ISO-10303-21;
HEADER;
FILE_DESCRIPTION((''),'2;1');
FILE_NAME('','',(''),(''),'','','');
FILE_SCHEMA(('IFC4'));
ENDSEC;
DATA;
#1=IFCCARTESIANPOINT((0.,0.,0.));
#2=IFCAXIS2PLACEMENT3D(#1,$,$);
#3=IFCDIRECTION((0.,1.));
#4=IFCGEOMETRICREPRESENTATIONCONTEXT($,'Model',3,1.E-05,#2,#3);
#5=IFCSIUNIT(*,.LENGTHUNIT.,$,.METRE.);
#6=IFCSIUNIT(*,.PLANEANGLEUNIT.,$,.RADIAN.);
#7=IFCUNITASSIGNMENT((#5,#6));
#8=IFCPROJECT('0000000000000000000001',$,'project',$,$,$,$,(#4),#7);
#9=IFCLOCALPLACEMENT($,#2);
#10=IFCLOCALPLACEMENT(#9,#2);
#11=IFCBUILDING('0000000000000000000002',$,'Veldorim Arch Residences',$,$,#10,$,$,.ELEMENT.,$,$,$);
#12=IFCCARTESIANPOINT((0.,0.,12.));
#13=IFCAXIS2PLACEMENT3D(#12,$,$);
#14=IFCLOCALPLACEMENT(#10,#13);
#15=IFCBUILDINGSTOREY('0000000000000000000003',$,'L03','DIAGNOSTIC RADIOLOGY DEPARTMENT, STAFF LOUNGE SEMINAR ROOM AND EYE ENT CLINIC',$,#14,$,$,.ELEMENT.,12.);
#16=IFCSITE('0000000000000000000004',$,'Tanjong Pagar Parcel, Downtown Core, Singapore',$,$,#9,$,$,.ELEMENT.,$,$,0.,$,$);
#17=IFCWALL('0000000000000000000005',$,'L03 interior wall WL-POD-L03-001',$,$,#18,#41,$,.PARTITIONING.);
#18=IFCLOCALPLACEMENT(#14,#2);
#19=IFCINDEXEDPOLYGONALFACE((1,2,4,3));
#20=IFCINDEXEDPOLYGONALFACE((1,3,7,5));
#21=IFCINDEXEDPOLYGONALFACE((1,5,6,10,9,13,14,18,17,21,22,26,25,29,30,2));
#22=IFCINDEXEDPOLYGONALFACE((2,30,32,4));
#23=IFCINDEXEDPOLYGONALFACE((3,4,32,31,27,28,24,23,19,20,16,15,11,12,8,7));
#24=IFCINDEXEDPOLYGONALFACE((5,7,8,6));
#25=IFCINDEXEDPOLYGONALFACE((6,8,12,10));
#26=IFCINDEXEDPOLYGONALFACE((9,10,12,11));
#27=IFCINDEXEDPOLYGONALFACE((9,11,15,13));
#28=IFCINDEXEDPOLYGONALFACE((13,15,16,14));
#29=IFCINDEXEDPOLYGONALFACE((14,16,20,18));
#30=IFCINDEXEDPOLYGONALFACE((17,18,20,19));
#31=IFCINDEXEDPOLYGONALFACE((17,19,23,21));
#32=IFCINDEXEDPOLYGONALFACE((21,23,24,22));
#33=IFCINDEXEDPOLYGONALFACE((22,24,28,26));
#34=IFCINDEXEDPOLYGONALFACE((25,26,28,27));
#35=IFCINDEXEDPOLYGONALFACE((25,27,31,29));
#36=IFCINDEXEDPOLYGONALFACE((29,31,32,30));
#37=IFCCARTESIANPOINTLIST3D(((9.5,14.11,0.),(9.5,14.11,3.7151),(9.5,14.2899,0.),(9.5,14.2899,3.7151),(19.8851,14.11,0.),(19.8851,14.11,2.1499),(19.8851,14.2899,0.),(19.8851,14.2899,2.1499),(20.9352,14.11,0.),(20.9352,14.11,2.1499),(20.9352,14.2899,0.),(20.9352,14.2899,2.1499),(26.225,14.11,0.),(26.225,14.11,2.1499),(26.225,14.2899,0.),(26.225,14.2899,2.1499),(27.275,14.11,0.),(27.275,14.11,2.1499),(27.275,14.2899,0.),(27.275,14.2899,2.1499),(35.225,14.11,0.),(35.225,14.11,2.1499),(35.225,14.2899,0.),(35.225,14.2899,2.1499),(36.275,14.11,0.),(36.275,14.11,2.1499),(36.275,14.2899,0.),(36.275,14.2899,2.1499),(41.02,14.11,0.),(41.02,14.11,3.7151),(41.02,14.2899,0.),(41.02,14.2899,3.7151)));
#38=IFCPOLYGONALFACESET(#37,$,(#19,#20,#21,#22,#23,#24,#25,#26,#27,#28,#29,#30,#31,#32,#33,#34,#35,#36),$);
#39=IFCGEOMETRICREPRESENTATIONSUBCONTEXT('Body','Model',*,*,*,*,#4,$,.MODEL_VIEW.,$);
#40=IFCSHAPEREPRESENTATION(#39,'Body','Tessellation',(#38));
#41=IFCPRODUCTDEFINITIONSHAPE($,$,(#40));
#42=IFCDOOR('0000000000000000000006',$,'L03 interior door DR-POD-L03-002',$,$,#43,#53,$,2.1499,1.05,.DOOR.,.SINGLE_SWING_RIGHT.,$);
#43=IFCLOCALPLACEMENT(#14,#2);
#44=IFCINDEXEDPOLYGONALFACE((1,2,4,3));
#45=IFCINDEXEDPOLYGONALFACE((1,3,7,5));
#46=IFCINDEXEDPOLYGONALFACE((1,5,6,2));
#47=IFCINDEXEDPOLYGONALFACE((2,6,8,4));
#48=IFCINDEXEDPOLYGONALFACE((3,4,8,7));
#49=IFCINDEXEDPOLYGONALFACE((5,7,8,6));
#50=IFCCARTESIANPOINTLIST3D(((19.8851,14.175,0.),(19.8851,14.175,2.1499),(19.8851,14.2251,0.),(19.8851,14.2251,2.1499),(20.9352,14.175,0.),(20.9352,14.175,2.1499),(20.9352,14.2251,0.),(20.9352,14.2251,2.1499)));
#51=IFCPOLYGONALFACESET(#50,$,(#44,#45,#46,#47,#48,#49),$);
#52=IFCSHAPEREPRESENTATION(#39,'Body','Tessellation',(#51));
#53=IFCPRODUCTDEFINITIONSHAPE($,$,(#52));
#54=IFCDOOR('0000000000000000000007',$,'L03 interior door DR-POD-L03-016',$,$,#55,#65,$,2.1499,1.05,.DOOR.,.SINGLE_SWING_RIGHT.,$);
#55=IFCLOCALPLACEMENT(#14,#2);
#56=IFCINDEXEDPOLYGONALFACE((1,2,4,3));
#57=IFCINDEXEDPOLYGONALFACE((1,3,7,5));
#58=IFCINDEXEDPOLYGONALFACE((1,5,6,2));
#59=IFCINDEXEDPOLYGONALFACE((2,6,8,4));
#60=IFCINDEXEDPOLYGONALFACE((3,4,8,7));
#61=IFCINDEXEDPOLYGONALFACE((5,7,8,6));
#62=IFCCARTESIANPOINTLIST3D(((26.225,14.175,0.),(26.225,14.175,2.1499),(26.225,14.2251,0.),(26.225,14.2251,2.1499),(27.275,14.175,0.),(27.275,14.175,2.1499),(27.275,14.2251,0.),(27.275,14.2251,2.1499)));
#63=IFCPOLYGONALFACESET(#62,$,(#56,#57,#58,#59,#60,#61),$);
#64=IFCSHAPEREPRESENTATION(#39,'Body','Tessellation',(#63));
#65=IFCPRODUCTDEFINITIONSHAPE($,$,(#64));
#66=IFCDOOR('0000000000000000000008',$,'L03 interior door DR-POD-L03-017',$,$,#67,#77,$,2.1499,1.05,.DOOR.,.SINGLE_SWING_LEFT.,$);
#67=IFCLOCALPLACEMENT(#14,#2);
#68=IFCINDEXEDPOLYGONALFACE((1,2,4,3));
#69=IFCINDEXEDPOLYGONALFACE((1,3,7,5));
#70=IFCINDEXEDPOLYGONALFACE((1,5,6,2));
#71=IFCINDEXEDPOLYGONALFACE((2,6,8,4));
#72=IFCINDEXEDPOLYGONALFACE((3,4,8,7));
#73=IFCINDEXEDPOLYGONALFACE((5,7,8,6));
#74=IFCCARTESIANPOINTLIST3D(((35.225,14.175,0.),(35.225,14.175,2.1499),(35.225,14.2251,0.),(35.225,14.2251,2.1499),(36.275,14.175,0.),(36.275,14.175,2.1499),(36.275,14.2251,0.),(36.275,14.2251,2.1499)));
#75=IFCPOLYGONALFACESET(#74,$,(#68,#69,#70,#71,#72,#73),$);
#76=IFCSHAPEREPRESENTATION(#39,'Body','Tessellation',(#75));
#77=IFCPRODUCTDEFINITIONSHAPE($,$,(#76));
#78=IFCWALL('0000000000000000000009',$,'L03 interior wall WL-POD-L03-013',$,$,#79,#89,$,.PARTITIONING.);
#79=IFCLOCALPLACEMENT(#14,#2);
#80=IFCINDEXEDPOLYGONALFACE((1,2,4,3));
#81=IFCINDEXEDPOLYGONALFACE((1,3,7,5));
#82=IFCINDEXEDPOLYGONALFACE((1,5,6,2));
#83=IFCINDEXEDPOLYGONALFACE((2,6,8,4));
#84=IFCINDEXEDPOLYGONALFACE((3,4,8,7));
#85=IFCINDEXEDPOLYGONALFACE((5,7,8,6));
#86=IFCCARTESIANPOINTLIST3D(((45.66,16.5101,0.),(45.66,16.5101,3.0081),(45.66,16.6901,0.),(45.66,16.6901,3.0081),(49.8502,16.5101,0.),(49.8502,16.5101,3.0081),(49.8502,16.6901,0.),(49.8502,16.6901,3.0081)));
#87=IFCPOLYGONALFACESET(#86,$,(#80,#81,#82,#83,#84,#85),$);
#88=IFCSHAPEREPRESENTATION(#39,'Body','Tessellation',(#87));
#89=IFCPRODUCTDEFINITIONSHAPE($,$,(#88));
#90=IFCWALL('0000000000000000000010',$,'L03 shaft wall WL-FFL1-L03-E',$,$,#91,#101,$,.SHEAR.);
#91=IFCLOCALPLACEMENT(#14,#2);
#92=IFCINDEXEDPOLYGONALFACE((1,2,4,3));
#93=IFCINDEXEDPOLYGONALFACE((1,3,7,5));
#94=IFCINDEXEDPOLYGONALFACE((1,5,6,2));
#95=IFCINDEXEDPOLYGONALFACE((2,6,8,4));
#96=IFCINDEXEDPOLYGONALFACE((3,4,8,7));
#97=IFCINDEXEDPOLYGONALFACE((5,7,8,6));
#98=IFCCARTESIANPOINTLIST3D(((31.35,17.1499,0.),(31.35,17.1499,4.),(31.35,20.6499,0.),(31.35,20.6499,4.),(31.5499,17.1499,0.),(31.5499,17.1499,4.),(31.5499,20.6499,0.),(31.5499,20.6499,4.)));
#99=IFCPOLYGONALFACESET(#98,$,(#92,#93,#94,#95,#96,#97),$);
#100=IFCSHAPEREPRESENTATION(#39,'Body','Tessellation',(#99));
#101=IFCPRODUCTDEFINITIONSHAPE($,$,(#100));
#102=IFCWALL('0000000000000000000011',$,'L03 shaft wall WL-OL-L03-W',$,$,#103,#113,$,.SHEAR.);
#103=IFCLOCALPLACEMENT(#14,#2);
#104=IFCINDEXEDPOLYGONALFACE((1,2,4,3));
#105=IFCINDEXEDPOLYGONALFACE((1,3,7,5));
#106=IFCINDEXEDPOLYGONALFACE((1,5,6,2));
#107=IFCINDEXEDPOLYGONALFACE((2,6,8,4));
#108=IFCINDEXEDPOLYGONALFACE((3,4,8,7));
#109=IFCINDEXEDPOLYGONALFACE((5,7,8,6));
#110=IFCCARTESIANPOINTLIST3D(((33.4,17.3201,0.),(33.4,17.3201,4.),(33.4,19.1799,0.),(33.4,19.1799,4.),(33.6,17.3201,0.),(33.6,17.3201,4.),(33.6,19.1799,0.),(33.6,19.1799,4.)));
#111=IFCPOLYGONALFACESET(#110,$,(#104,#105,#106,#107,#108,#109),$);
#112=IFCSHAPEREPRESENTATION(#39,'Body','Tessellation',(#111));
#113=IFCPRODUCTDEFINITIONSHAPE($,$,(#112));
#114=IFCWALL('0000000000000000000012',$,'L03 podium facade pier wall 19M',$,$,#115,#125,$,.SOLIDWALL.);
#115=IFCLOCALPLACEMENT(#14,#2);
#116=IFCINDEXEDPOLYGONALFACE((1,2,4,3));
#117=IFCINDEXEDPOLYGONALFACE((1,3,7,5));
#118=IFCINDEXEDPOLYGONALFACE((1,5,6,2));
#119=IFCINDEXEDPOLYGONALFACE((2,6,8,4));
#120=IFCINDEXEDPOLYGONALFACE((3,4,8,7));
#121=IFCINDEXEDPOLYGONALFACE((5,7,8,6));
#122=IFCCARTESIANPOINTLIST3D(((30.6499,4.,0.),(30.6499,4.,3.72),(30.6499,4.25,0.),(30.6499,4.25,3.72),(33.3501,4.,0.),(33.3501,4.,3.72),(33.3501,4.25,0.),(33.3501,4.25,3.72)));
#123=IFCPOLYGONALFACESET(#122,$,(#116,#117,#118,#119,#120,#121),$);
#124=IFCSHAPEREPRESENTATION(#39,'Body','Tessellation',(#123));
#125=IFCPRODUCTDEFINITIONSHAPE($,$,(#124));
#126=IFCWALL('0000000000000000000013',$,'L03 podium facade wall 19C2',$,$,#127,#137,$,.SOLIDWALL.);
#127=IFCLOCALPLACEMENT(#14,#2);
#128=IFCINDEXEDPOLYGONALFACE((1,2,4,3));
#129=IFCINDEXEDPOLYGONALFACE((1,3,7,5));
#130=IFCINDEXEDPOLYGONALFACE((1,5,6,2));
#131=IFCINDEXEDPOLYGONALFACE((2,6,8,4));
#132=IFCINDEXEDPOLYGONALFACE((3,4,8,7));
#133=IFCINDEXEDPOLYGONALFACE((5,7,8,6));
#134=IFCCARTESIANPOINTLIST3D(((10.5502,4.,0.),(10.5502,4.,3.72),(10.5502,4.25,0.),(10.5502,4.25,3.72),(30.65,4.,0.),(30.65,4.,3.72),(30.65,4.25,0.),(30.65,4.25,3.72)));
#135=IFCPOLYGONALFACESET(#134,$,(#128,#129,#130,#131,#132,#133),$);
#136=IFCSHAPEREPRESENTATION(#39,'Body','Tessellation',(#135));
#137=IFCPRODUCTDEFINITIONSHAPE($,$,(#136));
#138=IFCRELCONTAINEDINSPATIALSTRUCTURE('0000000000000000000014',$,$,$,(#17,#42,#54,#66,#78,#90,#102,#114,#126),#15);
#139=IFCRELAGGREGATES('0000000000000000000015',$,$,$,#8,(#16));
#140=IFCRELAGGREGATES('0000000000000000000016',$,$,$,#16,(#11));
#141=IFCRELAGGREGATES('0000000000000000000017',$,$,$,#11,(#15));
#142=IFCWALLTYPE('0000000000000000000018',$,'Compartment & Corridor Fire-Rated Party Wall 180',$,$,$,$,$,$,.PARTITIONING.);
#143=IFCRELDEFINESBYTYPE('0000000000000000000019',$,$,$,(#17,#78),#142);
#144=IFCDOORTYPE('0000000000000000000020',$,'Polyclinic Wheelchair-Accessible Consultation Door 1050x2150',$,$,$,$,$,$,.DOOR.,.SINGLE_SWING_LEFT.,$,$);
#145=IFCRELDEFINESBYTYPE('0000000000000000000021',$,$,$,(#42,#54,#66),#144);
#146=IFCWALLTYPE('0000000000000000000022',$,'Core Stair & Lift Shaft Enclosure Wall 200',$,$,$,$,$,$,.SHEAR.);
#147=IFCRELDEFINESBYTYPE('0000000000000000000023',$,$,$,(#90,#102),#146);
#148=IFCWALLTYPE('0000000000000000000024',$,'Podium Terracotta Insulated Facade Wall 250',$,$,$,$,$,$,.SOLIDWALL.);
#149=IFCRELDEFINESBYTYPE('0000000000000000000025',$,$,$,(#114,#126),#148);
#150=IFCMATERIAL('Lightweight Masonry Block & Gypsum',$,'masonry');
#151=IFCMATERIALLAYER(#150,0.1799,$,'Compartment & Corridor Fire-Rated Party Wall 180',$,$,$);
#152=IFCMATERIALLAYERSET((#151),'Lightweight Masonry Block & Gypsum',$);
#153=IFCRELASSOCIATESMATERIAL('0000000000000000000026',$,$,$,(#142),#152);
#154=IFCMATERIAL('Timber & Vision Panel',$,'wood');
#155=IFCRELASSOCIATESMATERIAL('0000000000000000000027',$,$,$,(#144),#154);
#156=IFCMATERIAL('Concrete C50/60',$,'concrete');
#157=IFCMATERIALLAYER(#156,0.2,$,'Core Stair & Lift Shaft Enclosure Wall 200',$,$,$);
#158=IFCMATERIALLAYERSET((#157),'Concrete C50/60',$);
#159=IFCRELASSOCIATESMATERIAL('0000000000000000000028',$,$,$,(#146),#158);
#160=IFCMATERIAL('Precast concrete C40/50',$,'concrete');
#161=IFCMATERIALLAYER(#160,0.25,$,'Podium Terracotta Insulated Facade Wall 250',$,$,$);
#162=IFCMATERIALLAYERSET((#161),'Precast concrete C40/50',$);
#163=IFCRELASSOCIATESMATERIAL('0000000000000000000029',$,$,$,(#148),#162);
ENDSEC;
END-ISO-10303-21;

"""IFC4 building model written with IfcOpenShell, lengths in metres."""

from ifc_helpers import new_model, si_unit, direction, frame, frame_2d, origin, place, context, subcontext, project, spatial, rectangle, extrude, material, layer, layer_set, type_object, element, fill, save


model = new_model("IFC4")

# Units and contexts
model_context = context("Model", 3, precision=1e-05, world=origin(), true_north=direction((0.0, 1.0)))
body_context = subcontext(model_context, "Body", "Model", "MODEL_VIEW")
ifc_project = project(units=[si_unit("LENGTHUNIT", "METRE"), si_unit("PLANEANGLEUNIT", "RADIAN")], contexts=[model_context])

# Site, building, storey
site_placement = place(None, origin())
site = spatial("IfcSite", under=ifc_project, at=site_placement, Name="Tanjong Pagar Parcel, Downtown Core, Singapore", CompositionType="ELEMENT", RefElevation=0.0)
building_placement = place(site_placement, origin())
building = spatial("IfcBuilding", under=site, at=building_placement, Name="Veldorim Arch Residences", CompositionType="ELEMENT")
storey_placement = place(building_placement, frame((0.0, 0.0, 12.0)))
storey = spatial("IfcBuildingStorey", under=building, at=storey_placement, Name="L03", Description="DIAGNOSTIC RADIOLOGY DEPARTMENT, STAFF LOUNGE SEMINAR ROOM AND EYE ENT CLINIC", CompositionType="ELEMENT", Elevation=12.0)

# Wall, openings, doors
ifc_material_1 = material(Name="Lightweight Masonry Block & Gypsum", Category="masonry")
ifc_layer_1 = layer(ifc_material_1, 0.1799, Name="Compartment & Corridor Fire-Rated Party Wall 180")
ifc_layer_set_1 = layer_set([ifc_layer_1], Name="Lightweight Masonry Block & Gypsum")
wall_type_1 = type_object("IfcWallType", Name="Compartment & Corridor Fire-Rated Party Wall 180", PredefinedType="PARTITIONING", material=ifc_layer_set_1)
wall_1_placement = place(storey_placement, frame((41.02, 14.2, 0.0), z_axis=(0.0, 0.0, 1.0), x_axis=(-1.0, 0.0, 0.0)))
wall_1 = element("IfcWall", 1, at=wall_1_placement, inside=storey, type_object=wall_type_1, Name="L03 interior wall WL-POD-L03-001", PredefinedType="PARTITIONING", context=body_context, shape_type="SweptSolid", body=[
    extrude(rectangle(XDim=31.52, YDim=0.1799, at=frame_2d((15.76, 0.0))), origin(), (0.0, 0.0, 1.0), 3.7151),
])
opening_1_placement = place(wall_1_placement, frame((20.085, 0.0, 0.0)))
opening_1 = element("IfcOpeningElement", 2, at=opening_1_placement, cuts=wall_1, PredefinedType="OPENING", context=body_context, shape_type="SweptSolid", body=[
    extrude(rectangle(XDim=1.05, YDim=2.1499, at=frame_2d((0.5249, 1.075))), frame((0.0, 0.0999, 0.0), z_axis=(0.0, -1.0, 0.0), x_axis=(1.0, 0.0, 0.0)), (0.0, 0.0, 1.0), 0.2),
])
opening_2_placement = place(wall_1_placement, frame((13.7451, 0.0, 0.0)))
opening_2 = element("IfcOpeningElement", 3, at=opening_2_placement, cuts=wall_1, PredefinedType="OPENING", context=body_context, shape_type="SweptSolid", body=[
    extrude(rectangle(XDim=1.05, YDim=2.1499, at=frame_2d((0.5249, 1.075))), frame((0.0, 0.0999, 0.0), z_axis=(0.0, -1.0, 0.0), x_axis=(1.0, 0.0, 0.0)), (0.0, 0.0, 1.0), 0.2),
])
opening_3_placement = place(wall_1_placement, frame((4.7451, 0.0, 0.0)))
opening_3 = element("IfcOpeningElement", 4, at=opening_3_placement, cuts=wall_1, PredefinedType="OPENING", context=body_context, shape_type="SweptSolid", body=[
    extrude(rectangle(XDim=1.05, YDim=2.1499, at=frame_2d((0.5249, 1.075))), frame((0.0, 0.0999, 0.0), z_axis=(0.0, -1.0, 0.0), x_axis=(1.0, 0.0, 0.0)), (0.0, 0.0, 1.0), 0.2),
])
ifc_material_2 = material(Name="Timber & Vision Panel", Category="wood")
door_type = type_object("IfcDoorType", Name="Polyclinic Wheelchair-Accessible Consultation Door 1050x2150", OperationType="SINGLE_SWING_LEFT", PredefinedType="DOOR", material=ifc_material_2)
door_1_placement = place(opening_1_placement, origin())
door_1 = element("IfcDoor", 5, at=door_1_placement, inside=storey, type_object=door_type, Name="L03 interior door DR-POD-L03-002", OperationType="SINGLE_SWING_RIGHT", OverallHeight=2.1499, OverallWidth=1.05, PredefinedType="DOOR", context=body_context, shape_type="SweptSolid", body=[
    extrude(rectangle(XDim=1.05, YDim=2.1499, at=frame_2d((0.5249, 1.075))), frame((0.0, 0.0249, 0.0), z_axis=(0.0, -1.0, 0.0), x_axis=(1.0, 0.0, 0.0)), (0.0, 0.0, 1.0), 0.05),
])
fill(opening_1, door_1)
door_2_placement = place(opening_2_placement, origin())
door_2 = element("IfcDoor", 6, at=door_2_placement, inside=storey, type_object=door_type, Name="L03 interior door DR-POD-L03-016", OperationType="SINGLE_SWING_RIGHT", OverallHeight=2.1499, OverallWidth=1.05, PredefinedType="DOOR", context=body_context, shape_type="SweptSolid", body=[
    extrude(rectangle(XDim=1.05, YDim=2.1499, at=frame_2d((0.5249, 1.075))), frame((0.0, 0.0249, 0.0), z_axis=(0.0, -1.0, 0.0), x_axis=(1.0, 0.0, 0.0)), (0.0, 0.0, 1.0), 0.05),
])
fill(opening_2, door_2)
door_3_placement = place(opening_3_placement, origin())
door_3 = element("IfcDoor", 7, at=door_3_placement, inside=storey, type_object=door_type, Name="L03 interior door DR-POD-L03-017", OperationType="SINGLE_SWING_LEFT", OverallHeight=2.1499, OverallWidth=1.05, PredefinedType="DOOR", context=body_context, shape_type="SweptSolid", body=[
    extrude(rectangle(XDim=1.05, YDim=2.1499, at=frame_2d((0.5249, 1.075))), frame((0.0, 0.0249, 0.0), z_axis=(0.0, -1.0, 0.0), x_axis=(1.0, 0.0, 0.0)), (0.0, 0.0, 1.0), 0.05),
])
fill(opening_3, door_3)

# Walls
wall_2_placement = place(storey_placement, frame((45.6599, 16.6001, 0.0), z_axis=(0.0, 0.0, 1.0), x_axis=(1.0, 0.0, 0.0)))
element("IfcWall", 8, at=wall_2_placement, inside=storey, type_object=wall_type_1, Name="L03 interior wall WL-POD-L03-013", PredefinedType="PARTITIONING", context=body_context, shape_type="SweptSolid", body=[
    extrude(rectangle(XDim=4.1902, YDim=0.1799, at=frame_2d((2.0952, 0.0))), origin(), (0.0, 0.0, 1.0), 3.0081),
])
ifc_material_3 = material(Name="Concrete C50/60", Category="concrete")
ifc_layer_2 = layer(ifc_material_3, 0.2, Name="Core Stair & Lift Shaft Enclosure Wall 200")
ifc_layer_set_2 = layer_set([ifc_layer_2], Name="Concrete C50/60")
wall_type_2 = type_object("IfcWallType", Name="Core Stair & Lift Shaft Enclosure Wall 200", PredefinedType="SHEAR", material=ifc_layer_set_2)
wall_3_placement = place(storey_placement, frame((31.45, 17.1499, 0.0), z_axis=(0.0, 0.0, 1.0), x_axis=(0.0, 1.0, 0.0)))
element("IfcWall", 9, at=wall_3_placement, inside=storey, type_object=wall_type_2, Name="L03 shaft wall WL-FFL1-L03-E", PredefinedType="SHEAR", context=body_context, shape_type="SweptSolid", body=[
    extrude(rectangle(XDim=3.5, YDim=0.2, at=frame_2d((1.75, 0.0))), origin(), (0.0, 0.0, 1.0), 4.0),
])
wall_4_placement = place(storey_placement, frame((33.5, 17.3201, 0.0), z_axis=(0.0, 0.0, 1.0), x_axis=(0.0, 1.0, 0.0)))
element("IfcWall", 10, at=wall_4_placement, inside=storey, type_object=wall_type_2, Name="L03 shaft wall WL-OL-L03-W", PredefinedType="SHEAR", context=body_context, shape_type="SweptSolid", body=[
    extrude(rectangle(XDim=1.8599, YDim=0.2, at=frame_2d((0.9299, 0.0))), origin(), (0.0, 0.0, 1.0), 4.0),
])
ifc_material_4 = material(Name="Precast concrete C40/50", Category="concrete")
ifc_layer_3 = layer(ifc_material_4, 0.25, Name="Podium Terracotta Insulated Facade Wall 250")
ifc_layer_set_3 = layer_set([ifc_layer_3], Name="Precast concrete C40/50")
wall_type_3 = type_object("IfcWallType", Name="Podium Terracotta Insulated Facade Wall 250", PredefinedType="SOLIDWALL", material=ifc_layer_set_3)
wall_5_placement = place(storey_placement, frame((33.3501, 4.125, 0.0), z_axis=(0.0, 0.0, 1.0), x_axis=(-1.0, 0.0, 0.0)))
element("IfcWall", 11, at=wall_5_placement, inside=storey, type_object=wall_type_3, Name="L03 podium facade pier wall 19M", PredefinedType="SOLIDWALL", context=body_context, shape_type="SweptSolid", body=[
    extrude(rectangle(XDim=2.7002, YDim=0.25, at=frame_2d((1.3501, 0.0))), origin(), (0.0, 0.0, 1.0), 3.72),
])
wall_6_placement = place(storey_placement, frame((30.6499, 4.125, 0.0), z_axis=(0.0, 0.0, 1.0), x_axis=(-1.0, 0.0, 0.0)))
element("IfcWall", 12, at=wall_6_placement, inside=storey, type_object=wall_type_3, Name="L03 podium facade wall 19C2", PredefinedType="SOLIDWALL", context=body_context, shape_type="SweptSolid", body=[
    extrude(rectangle(XDim=20.0999, YDim=0.25, at=frame_2d((10.0498, 0.0))), origin(), (0.0, 0.0, 1.0), 3.72),
])

save(model, "model.ifc")
